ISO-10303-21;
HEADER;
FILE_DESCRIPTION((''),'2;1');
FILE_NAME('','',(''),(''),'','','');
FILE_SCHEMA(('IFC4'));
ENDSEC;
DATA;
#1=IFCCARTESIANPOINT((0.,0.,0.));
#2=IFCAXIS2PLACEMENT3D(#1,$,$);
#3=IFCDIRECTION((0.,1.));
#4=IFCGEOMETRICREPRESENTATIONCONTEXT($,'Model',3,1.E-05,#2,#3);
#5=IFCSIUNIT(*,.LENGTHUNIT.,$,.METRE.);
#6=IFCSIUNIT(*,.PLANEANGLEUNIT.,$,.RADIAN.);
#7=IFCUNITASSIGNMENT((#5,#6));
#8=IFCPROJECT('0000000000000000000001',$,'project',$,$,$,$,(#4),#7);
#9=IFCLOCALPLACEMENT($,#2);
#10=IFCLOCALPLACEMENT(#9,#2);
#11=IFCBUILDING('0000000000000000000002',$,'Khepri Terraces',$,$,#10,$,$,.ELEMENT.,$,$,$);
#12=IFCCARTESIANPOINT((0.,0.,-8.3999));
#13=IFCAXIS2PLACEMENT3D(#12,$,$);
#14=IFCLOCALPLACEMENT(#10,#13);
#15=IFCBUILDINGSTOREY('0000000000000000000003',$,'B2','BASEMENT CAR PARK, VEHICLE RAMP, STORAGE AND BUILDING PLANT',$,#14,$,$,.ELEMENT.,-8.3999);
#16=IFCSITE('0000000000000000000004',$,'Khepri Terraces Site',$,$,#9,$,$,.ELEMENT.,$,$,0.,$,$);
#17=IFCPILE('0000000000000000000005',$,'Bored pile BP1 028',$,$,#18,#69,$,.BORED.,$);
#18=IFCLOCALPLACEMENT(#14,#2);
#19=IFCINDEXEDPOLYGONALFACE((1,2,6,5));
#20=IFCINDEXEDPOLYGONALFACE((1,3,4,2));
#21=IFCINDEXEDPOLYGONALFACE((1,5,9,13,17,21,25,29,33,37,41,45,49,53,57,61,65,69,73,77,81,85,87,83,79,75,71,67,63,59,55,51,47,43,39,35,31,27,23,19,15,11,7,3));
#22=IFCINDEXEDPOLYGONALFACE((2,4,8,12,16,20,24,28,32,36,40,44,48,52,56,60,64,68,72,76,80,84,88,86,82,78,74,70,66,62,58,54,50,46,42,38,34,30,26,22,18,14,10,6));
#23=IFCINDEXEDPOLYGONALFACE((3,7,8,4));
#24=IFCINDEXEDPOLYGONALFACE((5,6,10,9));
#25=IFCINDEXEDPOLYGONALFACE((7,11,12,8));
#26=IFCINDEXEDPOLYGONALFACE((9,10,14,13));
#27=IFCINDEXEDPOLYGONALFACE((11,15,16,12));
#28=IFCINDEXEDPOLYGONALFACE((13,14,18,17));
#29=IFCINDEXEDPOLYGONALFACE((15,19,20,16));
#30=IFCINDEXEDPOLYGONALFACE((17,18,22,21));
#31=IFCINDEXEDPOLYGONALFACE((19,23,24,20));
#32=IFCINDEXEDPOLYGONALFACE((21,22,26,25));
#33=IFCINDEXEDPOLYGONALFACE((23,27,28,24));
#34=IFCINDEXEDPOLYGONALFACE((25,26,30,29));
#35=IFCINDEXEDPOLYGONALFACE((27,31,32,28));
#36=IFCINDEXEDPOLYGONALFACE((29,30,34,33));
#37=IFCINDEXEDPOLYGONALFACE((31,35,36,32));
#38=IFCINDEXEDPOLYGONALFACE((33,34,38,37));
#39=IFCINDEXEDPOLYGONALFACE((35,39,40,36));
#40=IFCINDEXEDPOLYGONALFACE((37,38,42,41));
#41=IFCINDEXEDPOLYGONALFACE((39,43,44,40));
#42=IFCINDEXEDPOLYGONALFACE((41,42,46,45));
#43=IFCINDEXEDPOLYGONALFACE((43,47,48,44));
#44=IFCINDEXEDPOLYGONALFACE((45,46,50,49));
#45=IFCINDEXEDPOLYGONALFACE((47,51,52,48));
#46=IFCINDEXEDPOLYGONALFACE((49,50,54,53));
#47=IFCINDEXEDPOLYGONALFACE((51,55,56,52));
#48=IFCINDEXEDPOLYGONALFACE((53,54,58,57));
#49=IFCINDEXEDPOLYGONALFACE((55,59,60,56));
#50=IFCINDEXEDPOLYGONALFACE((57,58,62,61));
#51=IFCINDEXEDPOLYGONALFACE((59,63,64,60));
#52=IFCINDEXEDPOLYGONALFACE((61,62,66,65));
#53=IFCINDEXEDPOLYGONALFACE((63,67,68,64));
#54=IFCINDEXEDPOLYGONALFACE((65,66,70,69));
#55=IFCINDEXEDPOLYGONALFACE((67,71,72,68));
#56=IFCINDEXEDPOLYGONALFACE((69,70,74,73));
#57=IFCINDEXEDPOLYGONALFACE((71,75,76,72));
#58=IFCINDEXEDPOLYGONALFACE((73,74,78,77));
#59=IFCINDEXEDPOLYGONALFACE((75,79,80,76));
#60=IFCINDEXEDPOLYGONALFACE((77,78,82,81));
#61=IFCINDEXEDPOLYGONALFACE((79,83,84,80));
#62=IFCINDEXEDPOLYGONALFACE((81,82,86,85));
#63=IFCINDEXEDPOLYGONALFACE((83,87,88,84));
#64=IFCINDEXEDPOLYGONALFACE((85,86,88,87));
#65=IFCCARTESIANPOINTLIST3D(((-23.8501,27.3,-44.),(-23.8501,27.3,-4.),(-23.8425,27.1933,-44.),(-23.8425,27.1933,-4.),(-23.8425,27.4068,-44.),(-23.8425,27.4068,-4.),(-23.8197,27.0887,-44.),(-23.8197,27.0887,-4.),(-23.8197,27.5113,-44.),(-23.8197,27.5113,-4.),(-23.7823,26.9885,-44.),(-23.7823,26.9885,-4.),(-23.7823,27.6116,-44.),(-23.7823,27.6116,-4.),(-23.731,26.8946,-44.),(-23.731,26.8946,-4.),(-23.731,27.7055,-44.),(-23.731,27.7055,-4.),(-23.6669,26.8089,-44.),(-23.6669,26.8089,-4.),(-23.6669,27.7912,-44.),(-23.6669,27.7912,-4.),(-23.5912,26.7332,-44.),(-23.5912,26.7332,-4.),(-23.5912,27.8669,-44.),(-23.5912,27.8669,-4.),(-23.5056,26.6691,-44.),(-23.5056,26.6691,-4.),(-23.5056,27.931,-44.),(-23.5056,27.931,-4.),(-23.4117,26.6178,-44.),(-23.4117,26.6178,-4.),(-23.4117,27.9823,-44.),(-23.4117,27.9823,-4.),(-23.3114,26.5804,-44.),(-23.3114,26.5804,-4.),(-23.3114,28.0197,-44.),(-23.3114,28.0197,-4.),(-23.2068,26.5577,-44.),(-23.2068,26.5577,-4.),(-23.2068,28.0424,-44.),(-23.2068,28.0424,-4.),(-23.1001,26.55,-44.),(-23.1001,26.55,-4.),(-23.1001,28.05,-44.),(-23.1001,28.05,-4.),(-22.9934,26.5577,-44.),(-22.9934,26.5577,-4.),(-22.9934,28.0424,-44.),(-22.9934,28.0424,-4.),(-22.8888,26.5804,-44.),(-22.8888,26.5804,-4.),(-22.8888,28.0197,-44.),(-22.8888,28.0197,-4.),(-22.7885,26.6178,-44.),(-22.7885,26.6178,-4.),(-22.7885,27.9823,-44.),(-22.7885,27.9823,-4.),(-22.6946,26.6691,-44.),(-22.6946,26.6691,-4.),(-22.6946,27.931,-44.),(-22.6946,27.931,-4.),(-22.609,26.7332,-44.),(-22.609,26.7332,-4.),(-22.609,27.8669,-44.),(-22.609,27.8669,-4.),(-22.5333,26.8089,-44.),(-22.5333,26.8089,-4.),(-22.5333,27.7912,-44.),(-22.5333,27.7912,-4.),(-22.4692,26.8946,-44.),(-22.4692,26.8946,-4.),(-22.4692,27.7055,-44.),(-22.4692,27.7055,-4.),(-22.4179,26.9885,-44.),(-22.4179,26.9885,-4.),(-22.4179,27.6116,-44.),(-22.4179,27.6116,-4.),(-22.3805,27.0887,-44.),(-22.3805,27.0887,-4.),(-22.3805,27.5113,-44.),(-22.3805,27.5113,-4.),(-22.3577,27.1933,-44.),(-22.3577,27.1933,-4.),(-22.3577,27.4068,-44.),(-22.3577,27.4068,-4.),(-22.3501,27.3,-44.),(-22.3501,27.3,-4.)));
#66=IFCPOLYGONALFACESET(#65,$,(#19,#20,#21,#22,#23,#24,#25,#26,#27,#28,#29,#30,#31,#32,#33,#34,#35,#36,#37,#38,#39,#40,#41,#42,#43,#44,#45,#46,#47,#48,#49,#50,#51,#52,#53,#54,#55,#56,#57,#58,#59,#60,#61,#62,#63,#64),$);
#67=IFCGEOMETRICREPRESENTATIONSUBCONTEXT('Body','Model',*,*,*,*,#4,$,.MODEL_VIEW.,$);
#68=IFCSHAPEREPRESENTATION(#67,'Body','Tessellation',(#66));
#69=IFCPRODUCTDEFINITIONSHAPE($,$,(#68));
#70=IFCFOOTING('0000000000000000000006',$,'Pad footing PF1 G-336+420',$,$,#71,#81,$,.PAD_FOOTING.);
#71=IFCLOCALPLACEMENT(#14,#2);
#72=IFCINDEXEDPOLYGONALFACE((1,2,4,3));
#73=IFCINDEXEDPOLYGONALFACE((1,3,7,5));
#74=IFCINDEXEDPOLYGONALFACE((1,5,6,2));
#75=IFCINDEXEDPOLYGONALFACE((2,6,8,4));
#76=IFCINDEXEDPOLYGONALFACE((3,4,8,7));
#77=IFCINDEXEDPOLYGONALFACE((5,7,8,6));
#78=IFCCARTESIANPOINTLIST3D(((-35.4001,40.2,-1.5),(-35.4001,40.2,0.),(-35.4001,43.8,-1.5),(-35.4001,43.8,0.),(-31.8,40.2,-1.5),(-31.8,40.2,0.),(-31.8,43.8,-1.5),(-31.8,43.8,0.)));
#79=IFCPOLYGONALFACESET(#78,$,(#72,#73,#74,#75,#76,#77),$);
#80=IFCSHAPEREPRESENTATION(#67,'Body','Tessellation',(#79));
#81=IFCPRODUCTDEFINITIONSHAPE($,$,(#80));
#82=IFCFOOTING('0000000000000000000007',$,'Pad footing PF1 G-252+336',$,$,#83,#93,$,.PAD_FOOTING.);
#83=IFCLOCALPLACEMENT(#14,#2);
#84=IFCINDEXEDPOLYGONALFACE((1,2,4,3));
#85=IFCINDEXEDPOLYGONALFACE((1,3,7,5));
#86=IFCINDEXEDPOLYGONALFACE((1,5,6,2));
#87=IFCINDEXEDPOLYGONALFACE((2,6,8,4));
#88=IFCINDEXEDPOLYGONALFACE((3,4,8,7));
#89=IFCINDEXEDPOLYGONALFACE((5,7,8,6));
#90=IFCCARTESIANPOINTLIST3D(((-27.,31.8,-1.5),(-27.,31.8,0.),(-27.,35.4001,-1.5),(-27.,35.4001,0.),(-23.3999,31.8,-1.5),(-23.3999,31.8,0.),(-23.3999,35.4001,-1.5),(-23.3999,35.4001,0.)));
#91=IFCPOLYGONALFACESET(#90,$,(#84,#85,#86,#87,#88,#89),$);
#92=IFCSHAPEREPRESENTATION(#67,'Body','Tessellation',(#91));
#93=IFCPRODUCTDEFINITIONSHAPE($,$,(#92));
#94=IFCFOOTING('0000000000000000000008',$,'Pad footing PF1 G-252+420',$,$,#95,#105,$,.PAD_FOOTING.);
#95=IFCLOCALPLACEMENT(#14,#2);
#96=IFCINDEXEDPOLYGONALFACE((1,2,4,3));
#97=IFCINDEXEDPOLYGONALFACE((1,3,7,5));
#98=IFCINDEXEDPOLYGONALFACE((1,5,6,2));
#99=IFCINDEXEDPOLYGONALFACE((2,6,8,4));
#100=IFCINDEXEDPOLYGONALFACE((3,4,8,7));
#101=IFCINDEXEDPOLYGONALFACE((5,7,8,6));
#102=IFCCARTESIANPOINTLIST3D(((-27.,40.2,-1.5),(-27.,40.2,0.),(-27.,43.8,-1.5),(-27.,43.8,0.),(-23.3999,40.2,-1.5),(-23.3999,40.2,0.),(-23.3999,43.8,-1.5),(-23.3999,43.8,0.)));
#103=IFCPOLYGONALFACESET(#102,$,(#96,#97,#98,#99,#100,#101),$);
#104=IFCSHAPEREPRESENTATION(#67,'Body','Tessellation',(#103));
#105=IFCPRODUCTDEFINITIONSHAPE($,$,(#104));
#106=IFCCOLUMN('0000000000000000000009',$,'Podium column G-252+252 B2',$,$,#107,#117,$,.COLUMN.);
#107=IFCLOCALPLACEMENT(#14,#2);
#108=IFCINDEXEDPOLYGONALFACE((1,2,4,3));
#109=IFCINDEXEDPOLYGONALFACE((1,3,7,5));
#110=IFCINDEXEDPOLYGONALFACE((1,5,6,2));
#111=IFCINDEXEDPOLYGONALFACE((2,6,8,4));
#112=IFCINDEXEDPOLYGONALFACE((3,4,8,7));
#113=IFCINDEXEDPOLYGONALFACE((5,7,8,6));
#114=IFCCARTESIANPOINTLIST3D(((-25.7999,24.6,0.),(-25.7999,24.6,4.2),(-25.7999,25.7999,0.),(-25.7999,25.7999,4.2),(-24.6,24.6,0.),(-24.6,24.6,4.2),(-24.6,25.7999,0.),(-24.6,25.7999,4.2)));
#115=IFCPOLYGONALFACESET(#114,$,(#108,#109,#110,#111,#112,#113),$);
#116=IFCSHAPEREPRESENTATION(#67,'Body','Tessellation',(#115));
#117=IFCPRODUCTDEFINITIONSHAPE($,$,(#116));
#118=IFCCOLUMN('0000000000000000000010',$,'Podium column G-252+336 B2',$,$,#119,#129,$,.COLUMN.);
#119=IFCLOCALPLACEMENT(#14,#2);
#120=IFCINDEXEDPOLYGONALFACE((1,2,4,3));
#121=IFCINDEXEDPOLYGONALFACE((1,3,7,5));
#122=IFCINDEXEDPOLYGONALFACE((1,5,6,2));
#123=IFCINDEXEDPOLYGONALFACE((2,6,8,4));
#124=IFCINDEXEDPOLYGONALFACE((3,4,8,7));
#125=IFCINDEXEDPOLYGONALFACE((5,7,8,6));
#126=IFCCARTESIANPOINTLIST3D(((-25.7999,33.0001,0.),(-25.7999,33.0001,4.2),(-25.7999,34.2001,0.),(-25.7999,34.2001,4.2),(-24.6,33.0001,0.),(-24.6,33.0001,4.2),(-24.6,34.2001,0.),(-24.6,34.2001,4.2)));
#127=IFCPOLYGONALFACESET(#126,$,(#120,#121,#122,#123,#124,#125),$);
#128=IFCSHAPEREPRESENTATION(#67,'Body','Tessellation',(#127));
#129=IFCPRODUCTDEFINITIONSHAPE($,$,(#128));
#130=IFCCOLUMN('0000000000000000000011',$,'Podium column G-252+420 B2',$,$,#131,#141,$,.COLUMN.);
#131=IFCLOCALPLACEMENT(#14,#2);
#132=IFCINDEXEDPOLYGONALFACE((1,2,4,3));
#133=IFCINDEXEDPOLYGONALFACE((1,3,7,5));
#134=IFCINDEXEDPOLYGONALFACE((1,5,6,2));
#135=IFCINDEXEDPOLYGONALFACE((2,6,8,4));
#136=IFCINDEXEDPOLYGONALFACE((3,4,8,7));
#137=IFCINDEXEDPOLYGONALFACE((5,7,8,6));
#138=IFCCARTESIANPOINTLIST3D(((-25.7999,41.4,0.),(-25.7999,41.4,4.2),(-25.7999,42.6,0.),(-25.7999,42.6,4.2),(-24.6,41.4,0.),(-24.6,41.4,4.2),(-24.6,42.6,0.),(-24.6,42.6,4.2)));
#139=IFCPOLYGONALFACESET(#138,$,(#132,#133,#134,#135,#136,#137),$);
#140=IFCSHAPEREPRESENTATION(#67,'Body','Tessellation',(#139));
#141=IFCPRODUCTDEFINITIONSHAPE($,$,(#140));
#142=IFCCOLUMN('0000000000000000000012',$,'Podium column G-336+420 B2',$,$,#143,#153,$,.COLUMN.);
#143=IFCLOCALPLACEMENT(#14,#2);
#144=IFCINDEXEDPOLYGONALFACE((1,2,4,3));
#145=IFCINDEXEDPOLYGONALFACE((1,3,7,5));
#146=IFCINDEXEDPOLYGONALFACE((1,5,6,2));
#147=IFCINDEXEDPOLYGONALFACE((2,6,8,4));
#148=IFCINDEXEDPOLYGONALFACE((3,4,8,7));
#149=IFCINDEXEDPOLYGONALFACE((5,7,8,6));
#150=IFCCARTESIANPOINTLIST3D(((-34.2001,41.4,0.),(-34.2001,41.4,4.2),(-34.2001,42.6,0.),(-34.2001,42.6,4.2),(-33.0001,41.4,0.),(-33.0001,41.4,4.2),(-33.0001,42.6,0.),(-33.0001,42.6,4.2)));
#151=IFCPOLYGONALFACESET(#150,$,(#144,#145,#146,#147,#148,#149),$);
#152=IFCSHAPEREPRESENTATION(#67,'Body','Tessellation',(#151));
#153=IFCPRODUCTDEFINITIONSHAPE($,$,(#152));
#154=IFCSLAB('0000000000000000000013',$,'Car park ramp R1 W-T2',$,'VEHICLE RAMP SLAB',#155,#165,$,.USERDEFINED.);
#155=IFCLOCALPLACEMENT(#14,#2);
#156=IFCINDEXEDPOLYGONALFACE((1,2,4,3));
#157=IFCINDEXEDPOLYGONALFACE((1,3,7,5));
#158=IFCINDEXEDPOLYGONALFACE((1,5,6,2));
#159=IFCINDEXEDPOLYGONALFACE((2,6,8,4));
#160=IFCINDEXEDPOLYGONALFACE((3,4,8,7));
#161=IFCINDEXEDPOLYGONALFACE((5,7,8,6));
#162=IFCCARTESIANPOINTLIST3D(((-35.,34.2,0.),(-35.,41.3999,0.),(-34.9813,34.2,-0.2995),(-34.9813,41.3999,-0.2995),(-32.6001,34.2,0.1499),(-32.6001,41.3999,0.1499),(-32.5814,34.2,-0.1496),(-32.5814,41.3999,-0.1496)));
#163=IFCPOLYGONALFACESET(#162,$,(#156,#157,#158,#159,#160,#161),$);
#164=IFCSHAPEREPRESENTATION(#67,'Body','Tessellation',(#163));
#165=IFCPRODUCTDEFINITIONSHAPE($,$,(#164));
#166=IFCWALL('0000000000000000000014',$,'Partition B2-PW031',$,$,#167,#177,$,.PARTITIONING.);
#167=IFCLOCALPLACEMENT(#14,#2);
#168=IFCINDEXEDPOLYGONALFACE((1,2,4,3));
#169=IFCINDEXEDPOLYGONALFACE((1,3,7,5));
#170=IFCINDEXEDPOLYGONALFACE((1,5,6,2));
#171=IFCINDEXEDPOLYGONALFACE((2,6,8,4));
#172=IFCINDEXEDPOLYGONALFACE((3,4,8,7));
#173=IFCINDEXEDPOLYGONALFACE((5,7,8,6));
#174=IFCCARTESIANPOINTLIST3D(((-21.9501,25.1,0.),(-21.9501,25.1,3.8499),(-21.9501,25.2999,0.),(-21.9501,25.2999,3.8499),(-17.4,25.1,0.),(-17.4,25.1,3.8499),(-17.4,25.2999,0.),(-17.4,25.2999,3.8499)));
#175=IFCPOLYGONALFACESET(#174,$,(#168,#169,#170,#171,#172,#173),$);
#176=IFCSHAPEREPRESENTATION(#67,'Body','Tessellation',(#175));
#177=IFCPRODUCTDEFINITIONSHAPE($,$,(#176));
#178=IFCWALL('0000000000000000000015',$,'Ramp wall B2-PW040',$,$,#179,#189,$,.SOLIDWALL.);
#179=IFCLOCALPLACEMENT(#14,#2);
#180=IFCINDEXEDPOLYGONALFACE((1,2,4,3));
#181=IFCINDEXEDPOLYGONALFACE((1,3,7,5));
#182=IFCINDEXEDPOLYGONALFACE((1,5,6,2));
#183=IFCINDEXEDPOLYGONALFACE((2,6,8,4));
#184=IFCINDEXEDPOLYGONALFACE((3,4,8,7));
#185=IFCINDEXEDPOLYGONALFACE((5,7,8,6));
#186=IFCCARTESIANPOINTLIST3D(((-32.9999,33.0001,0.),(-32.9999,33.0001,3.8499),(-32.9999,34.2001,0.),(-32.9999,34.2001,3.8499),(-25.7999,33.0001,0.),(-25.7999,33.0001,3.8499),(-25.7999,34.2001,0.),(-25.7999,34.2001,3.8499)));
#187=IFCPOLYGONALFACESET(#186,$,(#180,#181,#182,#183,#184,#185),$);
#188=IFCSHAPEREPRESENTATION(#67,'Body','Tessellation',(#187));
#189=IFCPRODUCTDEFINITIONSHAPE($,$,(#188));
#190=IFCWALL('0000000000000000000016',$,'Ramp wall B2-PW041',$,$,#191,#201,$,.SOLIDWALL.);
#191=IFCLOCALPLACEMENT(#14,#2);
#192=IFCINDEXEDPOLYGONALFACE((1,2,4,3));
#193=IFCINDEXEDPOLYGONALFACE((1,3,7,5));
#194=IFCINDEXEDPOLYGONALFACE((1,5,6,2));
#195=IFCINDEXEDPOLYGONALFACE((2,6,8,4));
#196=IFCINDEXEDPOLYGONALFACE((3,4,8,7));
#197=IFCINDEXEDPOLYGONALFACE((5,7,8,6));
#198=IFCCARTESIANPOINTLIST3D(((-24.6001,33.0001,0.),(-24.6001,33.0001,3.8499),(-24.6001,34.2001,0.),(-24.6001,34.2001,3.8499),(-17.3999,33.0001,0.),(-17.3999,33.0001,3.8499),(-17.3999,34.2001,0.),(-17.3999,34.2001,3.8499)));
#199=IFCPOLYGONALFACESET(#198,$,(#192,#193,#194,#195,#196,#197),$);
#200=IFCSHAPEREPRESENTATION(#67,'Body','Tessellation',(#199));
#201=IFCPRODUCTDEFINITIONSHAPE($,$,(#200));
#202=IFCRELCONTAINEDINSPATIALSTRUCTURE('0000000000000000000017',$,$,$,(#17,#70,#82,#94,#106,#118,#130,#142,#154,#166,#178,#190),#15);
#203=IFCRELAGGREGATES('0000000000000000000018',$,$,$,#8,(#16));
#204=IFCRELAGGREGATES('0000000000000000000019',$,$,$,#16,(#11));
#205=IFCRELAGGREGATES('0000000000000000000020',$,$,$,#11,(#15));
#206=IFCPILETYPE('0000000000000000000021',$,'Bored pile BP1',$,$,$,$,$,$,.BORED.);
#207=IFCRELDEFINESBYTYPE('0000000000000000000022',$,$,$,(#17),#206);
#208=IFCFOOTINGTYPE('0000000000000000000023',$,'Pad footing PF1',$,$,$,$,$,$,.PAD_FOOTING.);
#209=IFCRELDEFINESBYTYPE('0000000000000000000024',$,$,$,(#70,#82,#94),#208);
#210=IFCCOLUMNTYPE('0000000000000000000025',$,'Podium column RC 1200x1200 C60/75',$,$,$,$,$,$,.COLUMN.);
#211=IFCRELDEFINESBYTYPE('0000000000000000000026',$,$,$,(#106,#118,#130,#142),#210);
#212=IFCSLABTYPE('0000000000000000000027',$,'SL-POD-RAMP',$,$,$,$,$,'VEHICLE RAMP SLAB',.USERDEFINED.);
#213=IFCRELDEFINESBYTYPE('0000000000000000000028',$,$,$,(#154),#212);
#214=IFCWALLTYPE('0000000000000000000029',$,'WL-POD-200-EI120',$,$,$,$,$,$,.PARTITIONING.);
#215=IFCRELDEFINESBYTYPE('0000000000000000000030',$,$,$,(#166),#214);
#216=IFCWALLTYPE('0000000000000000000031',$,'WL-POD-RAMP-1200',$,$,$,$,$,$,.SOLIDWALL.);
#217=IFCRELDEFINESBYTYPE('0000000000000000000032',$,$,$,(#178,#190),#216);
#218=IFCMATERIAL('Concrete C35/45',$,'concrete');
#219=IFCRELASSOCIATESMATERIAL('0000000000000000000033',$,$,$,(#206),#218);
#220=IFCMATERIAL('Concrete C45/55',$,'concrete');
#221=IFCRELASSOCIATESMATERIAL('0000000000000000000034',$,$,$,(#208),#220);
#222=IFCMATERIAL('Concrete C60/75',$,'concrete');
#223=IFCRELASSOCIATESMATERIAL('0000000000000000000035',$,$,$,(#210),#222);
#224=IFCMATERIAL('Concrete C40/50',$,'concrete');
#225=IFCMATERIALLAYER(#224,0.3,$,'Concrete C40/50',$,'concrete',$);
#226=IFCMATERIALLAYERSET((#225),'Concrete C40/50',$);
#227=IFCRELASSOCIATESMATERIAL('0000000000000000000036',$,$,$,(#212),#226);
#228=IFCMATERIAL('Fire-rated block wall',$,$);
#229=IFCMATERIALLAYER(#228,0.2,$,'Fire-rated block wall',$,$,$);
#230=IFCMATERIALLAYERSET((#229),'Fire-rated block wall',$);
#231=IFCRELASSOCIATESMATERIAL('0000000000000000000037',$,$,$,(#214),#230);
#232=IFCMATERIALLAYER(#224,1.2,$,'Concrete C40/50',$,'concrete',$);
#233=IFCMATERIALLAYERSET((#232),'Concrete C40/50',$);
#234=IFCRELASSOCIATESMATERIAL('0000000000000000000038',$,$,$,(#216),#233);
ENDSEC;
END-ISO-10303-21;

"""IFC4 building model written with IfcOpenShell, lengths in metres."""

from ifc_helpers import new_model, si_unit, direction, frame, frame_2d, origin, origin_2d, place, context, subcontext, project, spatial, polyline, rectangle, circle, outline, extrude, material, layer, layer_set, material_profile, profile_set, type_object, element, save


model = new_model("IFC4")

# Units and contexts
model_context = context("Model", 3, precision=1e-05, world=origin(), true_north=direction((0.0, 1.0)))
body_context = subcontext(model_context, "Body", "Model", "MODEL_VIEW")
ifc_project = project(units=[si_unit("LENGTHUNIT", "METRE"), si_unit("PLANEANGLEUNIT", "RADIAN")], contexts=[model_context])

# Site, building, storey
site_placement = place(None, origin())
site = spatial("IfcSite", under=ifc_project, at=site_placement, Name="Khepri Terraces Site", CompositionType="ELEMENT", RefElevation=0.0)
building_placement = place(site_placement, origin())
building = spatial("IfcBuilding", under=site, at=building_placement, Name="Khepri Terraces", CompositionType="ELEMENT")
storey_placement = place(building_placement, frame((0.0, 0.0, -8.3999)))
storey = spatial("IfcBuildingStorey", under=building, at=storey_placement, Name="B2", Description="BASEMENT CAR PARK, VEHICLE RAMP, STORAGE AND BUILDING PLANT", CompositionType="ELEMENT", Elevation=-8.3999)

# Pile
ifc_material_1 = material(Name="Concrete C35/45", Category="concrete")
ifc_material_profile_1 = material_profile(ifc_material_1, circle(Radius=0.75, at=origin_2d()), Name="Concrete C35/45", Category="concrete")
ifc_profile_set_1 = profile_set([ifc_material_profile_1], Name="Concrete C35/45")
pile_type = type_object("IfcPileType", Name="Bored pile BP1", PredefinedType="BORED", material=ifc_profile_set_1)
for number, where, z_axis, x_axis, name in (
    (1, (-23.1001, 27.3, -4.0), (0.0, 0.0, -1.0), (1.0, 0.0, 0.0), "Bored pile BP1 028"),
):
    element("IfcPile", number, at=place(storey_placement, frame(where, z_axis=z_axis, x_axis=x_axis)), inside=storey, type_object=pile_type, Name=name, PredefinedType="BORED", context=body_context, shape_type="SweptSolid", body=[
        extrude(circle(Radius=0.75, at=origin_2d()), origin(), (0.0, 0.0, 1.0), 40.0),
    ])

# Footings
ifc_material_2 = material(Name="Concrete C45/55", Category="concrete")
footing_type = type_object("IfcFootingType", Name="Pad footing PF1", PredefinedType="PAD_FOOTING", material=ifc_material_2)
for number, where, z_axis, x_axis, name in (
    (2, (-33.6001, 42.0, -1.5), (0.0, 0.0, 1.0), (1.0, 0.0, 0.0), "Pad footing PF1 G-336+420"),
    (3, (-25.2, 33.6001, -1.5), (0.0, 0.0, 1.0), (1.0, 0.0, 0.0), "Pad footing PF1 G-252+336"),
    (4, (-25.2, 42.0, -1.5), (0.0, 0.0, 1.0), (1.0, 0.0, 0.0), "Pad footing PF1 G-252+420"),
):
    element("IfcFooting", number, at=place(storey_placement, frame(where, z_axis=z_axis, x_axis=x_axis)), inside=storey, type_object=footing_type, Name=name, PredefinedType="PAD_FOOTING", context=body_context, shape_type="SweptSolid", body=[
        extrude(rectangle(XDim=3.6001, YDim=3.6001, at=origin_2d()), origin(), (0.0, 0.0, 1.0), 1.5),
    ])

# Columns
ifc_material_3 = material(Name="Concrete C60/75", Category="concrete")
ifc_material_profile_2 = material_profile(ifc_material_3, rectangle(XDim=1.2, YDim=1.2, at=origin_2d()), Name="Concrete C60/75", Category="concrete")
ifc_profile_set_2 = profile_set([ifc_material_profile_2], Name="Concrete C60/75")
column_type = type_object("IfcColumnType", Name="Podium column RC 1200x1200 C60/75", PredefinedType="COLUMN", material=ifc_profile_set_2)
for number, where, z_axis, x_axis, name in (
    (5, (-25.2, 25.2, 0.0), (0.0, 0.0, 1.0), (1.0, 0.0, 0.0), "Podium column G-252+252 B2"),
    (6, (-25.2, 33.6001, 0.0), (0.0, 0.0, 1.0), (1.0, 0.0, 0.0), "Podium column G-252+336 B2"),
    (7, (-25.2, 42.0, 0.0), (0.0, 0.0, 1.0), (1.0, 0.0, 0.0), "Podium column G-252+420 B2"),
    (8, (-33.6001, 42.0, 0.0), (0.0, 0.0, 1.0), (1.0, 0.0, 0.0), "Podium column G-336+420 B2"),
):
    element("IfcColumn", number, at=place(storey_placement, frame(where, z_axis=z_axis, x_axis=x_axis)), inside=storey, type_object=column_type, Name=name, PredefinedType="COLUMN", context=body_context, shape_type="SweptSolid", body=[
        extrude(rectangle(XDim=1.2, YDim=1.2, at=origin_2d()), origin(), (0.0, 0.0, 1.0), 4.2),
    ])

# Slab
ifc_material_4 = material(Name="Concrete C40/50", Category="concrete")
ifc_layer_1 = layer(ifc_material_4, 0.3, Name="Concrete C40/50", Category="concrete")
ifc_layer_set_1 = layer_set([ifc_layer_1], Name="Concrete C40/50")
slab_type = type_object("IfcSlabType", Name="SL-POD-RAMP", ElementType="VEHICLE RAMP SLAB", PredefinedType="USERDEFINED", material=ifc_layer_set_1)
slab_placement = place(storey_placement, frame((-32.6001, 34.2, 0.1499), z_axis=(-0.06234, 0.0, 0.998055), x_axis=(-0.998055, 0.0, -0.06234)))
element("IfcSlab", 9, at=slab_placement, inside=storey, type_object=slab_type, Name="Car park ramp R1 W-T2", ObjectType="VEHICLE RAMP SLAB", PredefinedType="USERDEFINED", context=body_context, shape_type="SweptSolid", body=[
    extrude(outline(polyline([(0.0, 0.0), (2.4046, 0.0), (2.4046, -7.2), (0.0, -7.2), (0.0, 0.0)])), origin(), (0.0, 0.0, -1.0), 0.3),
])

# Walls
ifc_material_5 = material(Name="Fire-rated block wall")
ifc_layer_2 = layer(ifc_material_5, 0.2, Name="Fire-rated block wall")
ifc_layer_set_2 = layer_set([ifc_layer_2], Name="Fire-rated block wall")
wall_type_1 = type_object("IfcWallType", Name="WL-POD-200-EI120", PredefinedType="PARTITIONING", material=ifc_layer_set_2)
wall_1_placement = place(storey_placement, frame((-21.95, 25.2, 0.0), z_axis=(0.0, 0.0, 1.0), x_axis=(1.0, 0.0, 0.0)))
element("IfcWall", 10, at=wall_1_placement, inside=storey, type_object=wall_type_1, Name="Partition B2-PW031", PredefinedType="PARTITIONING", context=body_context, shape_type="SweptSolid", body=[
    extrude(rectangle(XDim=4.55, YDim=0.2, at=frame_2d((2.2749, 0.0))), origin(), (0.0, 0.0, 1.0), 3.8499),
])
ifc_layer_3 = layer(ifc_material_4, 1.2, Name="Concrete C40/50", Category="concrete")
ifc_layer_set_3 = layer_set([ifc_layer_3], Name="Concrete C40/50")
wall_type_2 = type_object("IfcWallType", Name="WL-POD-RAMP-1200", PredefinedType="SOLIDWALL", material=ifc_layer_set_3)
wall_2_placement = place(storey_placement, frame((-33.0, 33.6001, 0.0), z_axis=(0.0, 0.0, 1.0), x_axis=(1.0, 0.0, 0.0)))
element("IfcWall", 11, at=wall_2_placement, inside=storey, type_object=wall_type_2, Name="Ramp wall B2-PW040", PredefinedType="SOLIDWALL", context=body_context, shape_type="SweptSolid", body=[
    extrude(rectangle(XDim=7.2, YDim=1.2, at=frame_2d((3.6001, 0.0))), origin(), (0.0, 0.0, 1.0), 3.8499),
])
wall_3_placement = place(storey_placement, frame((-24.6001, 33.6001, 0.0), z_axis=(0.0, 0.0, 1.0), x_axis=(1.0, 0.0, 0.0)))
element("IfcWall", 12, at=wall_3_placement, inside=storey, type_object=wall_type_2, Name="Ramp wall B2-PW041", PredefinedType="SOLIDWALL", context=body_context, shape_type="SweptSolid", body=[
    extrude(rectangle(XDim=7.2002, YDim=1.2, at=frame_2d((3.6001, 0.0))), origin(), (0.0, 0.0, 1.0), 3.8499),
])

save(model, "model.ifc")
